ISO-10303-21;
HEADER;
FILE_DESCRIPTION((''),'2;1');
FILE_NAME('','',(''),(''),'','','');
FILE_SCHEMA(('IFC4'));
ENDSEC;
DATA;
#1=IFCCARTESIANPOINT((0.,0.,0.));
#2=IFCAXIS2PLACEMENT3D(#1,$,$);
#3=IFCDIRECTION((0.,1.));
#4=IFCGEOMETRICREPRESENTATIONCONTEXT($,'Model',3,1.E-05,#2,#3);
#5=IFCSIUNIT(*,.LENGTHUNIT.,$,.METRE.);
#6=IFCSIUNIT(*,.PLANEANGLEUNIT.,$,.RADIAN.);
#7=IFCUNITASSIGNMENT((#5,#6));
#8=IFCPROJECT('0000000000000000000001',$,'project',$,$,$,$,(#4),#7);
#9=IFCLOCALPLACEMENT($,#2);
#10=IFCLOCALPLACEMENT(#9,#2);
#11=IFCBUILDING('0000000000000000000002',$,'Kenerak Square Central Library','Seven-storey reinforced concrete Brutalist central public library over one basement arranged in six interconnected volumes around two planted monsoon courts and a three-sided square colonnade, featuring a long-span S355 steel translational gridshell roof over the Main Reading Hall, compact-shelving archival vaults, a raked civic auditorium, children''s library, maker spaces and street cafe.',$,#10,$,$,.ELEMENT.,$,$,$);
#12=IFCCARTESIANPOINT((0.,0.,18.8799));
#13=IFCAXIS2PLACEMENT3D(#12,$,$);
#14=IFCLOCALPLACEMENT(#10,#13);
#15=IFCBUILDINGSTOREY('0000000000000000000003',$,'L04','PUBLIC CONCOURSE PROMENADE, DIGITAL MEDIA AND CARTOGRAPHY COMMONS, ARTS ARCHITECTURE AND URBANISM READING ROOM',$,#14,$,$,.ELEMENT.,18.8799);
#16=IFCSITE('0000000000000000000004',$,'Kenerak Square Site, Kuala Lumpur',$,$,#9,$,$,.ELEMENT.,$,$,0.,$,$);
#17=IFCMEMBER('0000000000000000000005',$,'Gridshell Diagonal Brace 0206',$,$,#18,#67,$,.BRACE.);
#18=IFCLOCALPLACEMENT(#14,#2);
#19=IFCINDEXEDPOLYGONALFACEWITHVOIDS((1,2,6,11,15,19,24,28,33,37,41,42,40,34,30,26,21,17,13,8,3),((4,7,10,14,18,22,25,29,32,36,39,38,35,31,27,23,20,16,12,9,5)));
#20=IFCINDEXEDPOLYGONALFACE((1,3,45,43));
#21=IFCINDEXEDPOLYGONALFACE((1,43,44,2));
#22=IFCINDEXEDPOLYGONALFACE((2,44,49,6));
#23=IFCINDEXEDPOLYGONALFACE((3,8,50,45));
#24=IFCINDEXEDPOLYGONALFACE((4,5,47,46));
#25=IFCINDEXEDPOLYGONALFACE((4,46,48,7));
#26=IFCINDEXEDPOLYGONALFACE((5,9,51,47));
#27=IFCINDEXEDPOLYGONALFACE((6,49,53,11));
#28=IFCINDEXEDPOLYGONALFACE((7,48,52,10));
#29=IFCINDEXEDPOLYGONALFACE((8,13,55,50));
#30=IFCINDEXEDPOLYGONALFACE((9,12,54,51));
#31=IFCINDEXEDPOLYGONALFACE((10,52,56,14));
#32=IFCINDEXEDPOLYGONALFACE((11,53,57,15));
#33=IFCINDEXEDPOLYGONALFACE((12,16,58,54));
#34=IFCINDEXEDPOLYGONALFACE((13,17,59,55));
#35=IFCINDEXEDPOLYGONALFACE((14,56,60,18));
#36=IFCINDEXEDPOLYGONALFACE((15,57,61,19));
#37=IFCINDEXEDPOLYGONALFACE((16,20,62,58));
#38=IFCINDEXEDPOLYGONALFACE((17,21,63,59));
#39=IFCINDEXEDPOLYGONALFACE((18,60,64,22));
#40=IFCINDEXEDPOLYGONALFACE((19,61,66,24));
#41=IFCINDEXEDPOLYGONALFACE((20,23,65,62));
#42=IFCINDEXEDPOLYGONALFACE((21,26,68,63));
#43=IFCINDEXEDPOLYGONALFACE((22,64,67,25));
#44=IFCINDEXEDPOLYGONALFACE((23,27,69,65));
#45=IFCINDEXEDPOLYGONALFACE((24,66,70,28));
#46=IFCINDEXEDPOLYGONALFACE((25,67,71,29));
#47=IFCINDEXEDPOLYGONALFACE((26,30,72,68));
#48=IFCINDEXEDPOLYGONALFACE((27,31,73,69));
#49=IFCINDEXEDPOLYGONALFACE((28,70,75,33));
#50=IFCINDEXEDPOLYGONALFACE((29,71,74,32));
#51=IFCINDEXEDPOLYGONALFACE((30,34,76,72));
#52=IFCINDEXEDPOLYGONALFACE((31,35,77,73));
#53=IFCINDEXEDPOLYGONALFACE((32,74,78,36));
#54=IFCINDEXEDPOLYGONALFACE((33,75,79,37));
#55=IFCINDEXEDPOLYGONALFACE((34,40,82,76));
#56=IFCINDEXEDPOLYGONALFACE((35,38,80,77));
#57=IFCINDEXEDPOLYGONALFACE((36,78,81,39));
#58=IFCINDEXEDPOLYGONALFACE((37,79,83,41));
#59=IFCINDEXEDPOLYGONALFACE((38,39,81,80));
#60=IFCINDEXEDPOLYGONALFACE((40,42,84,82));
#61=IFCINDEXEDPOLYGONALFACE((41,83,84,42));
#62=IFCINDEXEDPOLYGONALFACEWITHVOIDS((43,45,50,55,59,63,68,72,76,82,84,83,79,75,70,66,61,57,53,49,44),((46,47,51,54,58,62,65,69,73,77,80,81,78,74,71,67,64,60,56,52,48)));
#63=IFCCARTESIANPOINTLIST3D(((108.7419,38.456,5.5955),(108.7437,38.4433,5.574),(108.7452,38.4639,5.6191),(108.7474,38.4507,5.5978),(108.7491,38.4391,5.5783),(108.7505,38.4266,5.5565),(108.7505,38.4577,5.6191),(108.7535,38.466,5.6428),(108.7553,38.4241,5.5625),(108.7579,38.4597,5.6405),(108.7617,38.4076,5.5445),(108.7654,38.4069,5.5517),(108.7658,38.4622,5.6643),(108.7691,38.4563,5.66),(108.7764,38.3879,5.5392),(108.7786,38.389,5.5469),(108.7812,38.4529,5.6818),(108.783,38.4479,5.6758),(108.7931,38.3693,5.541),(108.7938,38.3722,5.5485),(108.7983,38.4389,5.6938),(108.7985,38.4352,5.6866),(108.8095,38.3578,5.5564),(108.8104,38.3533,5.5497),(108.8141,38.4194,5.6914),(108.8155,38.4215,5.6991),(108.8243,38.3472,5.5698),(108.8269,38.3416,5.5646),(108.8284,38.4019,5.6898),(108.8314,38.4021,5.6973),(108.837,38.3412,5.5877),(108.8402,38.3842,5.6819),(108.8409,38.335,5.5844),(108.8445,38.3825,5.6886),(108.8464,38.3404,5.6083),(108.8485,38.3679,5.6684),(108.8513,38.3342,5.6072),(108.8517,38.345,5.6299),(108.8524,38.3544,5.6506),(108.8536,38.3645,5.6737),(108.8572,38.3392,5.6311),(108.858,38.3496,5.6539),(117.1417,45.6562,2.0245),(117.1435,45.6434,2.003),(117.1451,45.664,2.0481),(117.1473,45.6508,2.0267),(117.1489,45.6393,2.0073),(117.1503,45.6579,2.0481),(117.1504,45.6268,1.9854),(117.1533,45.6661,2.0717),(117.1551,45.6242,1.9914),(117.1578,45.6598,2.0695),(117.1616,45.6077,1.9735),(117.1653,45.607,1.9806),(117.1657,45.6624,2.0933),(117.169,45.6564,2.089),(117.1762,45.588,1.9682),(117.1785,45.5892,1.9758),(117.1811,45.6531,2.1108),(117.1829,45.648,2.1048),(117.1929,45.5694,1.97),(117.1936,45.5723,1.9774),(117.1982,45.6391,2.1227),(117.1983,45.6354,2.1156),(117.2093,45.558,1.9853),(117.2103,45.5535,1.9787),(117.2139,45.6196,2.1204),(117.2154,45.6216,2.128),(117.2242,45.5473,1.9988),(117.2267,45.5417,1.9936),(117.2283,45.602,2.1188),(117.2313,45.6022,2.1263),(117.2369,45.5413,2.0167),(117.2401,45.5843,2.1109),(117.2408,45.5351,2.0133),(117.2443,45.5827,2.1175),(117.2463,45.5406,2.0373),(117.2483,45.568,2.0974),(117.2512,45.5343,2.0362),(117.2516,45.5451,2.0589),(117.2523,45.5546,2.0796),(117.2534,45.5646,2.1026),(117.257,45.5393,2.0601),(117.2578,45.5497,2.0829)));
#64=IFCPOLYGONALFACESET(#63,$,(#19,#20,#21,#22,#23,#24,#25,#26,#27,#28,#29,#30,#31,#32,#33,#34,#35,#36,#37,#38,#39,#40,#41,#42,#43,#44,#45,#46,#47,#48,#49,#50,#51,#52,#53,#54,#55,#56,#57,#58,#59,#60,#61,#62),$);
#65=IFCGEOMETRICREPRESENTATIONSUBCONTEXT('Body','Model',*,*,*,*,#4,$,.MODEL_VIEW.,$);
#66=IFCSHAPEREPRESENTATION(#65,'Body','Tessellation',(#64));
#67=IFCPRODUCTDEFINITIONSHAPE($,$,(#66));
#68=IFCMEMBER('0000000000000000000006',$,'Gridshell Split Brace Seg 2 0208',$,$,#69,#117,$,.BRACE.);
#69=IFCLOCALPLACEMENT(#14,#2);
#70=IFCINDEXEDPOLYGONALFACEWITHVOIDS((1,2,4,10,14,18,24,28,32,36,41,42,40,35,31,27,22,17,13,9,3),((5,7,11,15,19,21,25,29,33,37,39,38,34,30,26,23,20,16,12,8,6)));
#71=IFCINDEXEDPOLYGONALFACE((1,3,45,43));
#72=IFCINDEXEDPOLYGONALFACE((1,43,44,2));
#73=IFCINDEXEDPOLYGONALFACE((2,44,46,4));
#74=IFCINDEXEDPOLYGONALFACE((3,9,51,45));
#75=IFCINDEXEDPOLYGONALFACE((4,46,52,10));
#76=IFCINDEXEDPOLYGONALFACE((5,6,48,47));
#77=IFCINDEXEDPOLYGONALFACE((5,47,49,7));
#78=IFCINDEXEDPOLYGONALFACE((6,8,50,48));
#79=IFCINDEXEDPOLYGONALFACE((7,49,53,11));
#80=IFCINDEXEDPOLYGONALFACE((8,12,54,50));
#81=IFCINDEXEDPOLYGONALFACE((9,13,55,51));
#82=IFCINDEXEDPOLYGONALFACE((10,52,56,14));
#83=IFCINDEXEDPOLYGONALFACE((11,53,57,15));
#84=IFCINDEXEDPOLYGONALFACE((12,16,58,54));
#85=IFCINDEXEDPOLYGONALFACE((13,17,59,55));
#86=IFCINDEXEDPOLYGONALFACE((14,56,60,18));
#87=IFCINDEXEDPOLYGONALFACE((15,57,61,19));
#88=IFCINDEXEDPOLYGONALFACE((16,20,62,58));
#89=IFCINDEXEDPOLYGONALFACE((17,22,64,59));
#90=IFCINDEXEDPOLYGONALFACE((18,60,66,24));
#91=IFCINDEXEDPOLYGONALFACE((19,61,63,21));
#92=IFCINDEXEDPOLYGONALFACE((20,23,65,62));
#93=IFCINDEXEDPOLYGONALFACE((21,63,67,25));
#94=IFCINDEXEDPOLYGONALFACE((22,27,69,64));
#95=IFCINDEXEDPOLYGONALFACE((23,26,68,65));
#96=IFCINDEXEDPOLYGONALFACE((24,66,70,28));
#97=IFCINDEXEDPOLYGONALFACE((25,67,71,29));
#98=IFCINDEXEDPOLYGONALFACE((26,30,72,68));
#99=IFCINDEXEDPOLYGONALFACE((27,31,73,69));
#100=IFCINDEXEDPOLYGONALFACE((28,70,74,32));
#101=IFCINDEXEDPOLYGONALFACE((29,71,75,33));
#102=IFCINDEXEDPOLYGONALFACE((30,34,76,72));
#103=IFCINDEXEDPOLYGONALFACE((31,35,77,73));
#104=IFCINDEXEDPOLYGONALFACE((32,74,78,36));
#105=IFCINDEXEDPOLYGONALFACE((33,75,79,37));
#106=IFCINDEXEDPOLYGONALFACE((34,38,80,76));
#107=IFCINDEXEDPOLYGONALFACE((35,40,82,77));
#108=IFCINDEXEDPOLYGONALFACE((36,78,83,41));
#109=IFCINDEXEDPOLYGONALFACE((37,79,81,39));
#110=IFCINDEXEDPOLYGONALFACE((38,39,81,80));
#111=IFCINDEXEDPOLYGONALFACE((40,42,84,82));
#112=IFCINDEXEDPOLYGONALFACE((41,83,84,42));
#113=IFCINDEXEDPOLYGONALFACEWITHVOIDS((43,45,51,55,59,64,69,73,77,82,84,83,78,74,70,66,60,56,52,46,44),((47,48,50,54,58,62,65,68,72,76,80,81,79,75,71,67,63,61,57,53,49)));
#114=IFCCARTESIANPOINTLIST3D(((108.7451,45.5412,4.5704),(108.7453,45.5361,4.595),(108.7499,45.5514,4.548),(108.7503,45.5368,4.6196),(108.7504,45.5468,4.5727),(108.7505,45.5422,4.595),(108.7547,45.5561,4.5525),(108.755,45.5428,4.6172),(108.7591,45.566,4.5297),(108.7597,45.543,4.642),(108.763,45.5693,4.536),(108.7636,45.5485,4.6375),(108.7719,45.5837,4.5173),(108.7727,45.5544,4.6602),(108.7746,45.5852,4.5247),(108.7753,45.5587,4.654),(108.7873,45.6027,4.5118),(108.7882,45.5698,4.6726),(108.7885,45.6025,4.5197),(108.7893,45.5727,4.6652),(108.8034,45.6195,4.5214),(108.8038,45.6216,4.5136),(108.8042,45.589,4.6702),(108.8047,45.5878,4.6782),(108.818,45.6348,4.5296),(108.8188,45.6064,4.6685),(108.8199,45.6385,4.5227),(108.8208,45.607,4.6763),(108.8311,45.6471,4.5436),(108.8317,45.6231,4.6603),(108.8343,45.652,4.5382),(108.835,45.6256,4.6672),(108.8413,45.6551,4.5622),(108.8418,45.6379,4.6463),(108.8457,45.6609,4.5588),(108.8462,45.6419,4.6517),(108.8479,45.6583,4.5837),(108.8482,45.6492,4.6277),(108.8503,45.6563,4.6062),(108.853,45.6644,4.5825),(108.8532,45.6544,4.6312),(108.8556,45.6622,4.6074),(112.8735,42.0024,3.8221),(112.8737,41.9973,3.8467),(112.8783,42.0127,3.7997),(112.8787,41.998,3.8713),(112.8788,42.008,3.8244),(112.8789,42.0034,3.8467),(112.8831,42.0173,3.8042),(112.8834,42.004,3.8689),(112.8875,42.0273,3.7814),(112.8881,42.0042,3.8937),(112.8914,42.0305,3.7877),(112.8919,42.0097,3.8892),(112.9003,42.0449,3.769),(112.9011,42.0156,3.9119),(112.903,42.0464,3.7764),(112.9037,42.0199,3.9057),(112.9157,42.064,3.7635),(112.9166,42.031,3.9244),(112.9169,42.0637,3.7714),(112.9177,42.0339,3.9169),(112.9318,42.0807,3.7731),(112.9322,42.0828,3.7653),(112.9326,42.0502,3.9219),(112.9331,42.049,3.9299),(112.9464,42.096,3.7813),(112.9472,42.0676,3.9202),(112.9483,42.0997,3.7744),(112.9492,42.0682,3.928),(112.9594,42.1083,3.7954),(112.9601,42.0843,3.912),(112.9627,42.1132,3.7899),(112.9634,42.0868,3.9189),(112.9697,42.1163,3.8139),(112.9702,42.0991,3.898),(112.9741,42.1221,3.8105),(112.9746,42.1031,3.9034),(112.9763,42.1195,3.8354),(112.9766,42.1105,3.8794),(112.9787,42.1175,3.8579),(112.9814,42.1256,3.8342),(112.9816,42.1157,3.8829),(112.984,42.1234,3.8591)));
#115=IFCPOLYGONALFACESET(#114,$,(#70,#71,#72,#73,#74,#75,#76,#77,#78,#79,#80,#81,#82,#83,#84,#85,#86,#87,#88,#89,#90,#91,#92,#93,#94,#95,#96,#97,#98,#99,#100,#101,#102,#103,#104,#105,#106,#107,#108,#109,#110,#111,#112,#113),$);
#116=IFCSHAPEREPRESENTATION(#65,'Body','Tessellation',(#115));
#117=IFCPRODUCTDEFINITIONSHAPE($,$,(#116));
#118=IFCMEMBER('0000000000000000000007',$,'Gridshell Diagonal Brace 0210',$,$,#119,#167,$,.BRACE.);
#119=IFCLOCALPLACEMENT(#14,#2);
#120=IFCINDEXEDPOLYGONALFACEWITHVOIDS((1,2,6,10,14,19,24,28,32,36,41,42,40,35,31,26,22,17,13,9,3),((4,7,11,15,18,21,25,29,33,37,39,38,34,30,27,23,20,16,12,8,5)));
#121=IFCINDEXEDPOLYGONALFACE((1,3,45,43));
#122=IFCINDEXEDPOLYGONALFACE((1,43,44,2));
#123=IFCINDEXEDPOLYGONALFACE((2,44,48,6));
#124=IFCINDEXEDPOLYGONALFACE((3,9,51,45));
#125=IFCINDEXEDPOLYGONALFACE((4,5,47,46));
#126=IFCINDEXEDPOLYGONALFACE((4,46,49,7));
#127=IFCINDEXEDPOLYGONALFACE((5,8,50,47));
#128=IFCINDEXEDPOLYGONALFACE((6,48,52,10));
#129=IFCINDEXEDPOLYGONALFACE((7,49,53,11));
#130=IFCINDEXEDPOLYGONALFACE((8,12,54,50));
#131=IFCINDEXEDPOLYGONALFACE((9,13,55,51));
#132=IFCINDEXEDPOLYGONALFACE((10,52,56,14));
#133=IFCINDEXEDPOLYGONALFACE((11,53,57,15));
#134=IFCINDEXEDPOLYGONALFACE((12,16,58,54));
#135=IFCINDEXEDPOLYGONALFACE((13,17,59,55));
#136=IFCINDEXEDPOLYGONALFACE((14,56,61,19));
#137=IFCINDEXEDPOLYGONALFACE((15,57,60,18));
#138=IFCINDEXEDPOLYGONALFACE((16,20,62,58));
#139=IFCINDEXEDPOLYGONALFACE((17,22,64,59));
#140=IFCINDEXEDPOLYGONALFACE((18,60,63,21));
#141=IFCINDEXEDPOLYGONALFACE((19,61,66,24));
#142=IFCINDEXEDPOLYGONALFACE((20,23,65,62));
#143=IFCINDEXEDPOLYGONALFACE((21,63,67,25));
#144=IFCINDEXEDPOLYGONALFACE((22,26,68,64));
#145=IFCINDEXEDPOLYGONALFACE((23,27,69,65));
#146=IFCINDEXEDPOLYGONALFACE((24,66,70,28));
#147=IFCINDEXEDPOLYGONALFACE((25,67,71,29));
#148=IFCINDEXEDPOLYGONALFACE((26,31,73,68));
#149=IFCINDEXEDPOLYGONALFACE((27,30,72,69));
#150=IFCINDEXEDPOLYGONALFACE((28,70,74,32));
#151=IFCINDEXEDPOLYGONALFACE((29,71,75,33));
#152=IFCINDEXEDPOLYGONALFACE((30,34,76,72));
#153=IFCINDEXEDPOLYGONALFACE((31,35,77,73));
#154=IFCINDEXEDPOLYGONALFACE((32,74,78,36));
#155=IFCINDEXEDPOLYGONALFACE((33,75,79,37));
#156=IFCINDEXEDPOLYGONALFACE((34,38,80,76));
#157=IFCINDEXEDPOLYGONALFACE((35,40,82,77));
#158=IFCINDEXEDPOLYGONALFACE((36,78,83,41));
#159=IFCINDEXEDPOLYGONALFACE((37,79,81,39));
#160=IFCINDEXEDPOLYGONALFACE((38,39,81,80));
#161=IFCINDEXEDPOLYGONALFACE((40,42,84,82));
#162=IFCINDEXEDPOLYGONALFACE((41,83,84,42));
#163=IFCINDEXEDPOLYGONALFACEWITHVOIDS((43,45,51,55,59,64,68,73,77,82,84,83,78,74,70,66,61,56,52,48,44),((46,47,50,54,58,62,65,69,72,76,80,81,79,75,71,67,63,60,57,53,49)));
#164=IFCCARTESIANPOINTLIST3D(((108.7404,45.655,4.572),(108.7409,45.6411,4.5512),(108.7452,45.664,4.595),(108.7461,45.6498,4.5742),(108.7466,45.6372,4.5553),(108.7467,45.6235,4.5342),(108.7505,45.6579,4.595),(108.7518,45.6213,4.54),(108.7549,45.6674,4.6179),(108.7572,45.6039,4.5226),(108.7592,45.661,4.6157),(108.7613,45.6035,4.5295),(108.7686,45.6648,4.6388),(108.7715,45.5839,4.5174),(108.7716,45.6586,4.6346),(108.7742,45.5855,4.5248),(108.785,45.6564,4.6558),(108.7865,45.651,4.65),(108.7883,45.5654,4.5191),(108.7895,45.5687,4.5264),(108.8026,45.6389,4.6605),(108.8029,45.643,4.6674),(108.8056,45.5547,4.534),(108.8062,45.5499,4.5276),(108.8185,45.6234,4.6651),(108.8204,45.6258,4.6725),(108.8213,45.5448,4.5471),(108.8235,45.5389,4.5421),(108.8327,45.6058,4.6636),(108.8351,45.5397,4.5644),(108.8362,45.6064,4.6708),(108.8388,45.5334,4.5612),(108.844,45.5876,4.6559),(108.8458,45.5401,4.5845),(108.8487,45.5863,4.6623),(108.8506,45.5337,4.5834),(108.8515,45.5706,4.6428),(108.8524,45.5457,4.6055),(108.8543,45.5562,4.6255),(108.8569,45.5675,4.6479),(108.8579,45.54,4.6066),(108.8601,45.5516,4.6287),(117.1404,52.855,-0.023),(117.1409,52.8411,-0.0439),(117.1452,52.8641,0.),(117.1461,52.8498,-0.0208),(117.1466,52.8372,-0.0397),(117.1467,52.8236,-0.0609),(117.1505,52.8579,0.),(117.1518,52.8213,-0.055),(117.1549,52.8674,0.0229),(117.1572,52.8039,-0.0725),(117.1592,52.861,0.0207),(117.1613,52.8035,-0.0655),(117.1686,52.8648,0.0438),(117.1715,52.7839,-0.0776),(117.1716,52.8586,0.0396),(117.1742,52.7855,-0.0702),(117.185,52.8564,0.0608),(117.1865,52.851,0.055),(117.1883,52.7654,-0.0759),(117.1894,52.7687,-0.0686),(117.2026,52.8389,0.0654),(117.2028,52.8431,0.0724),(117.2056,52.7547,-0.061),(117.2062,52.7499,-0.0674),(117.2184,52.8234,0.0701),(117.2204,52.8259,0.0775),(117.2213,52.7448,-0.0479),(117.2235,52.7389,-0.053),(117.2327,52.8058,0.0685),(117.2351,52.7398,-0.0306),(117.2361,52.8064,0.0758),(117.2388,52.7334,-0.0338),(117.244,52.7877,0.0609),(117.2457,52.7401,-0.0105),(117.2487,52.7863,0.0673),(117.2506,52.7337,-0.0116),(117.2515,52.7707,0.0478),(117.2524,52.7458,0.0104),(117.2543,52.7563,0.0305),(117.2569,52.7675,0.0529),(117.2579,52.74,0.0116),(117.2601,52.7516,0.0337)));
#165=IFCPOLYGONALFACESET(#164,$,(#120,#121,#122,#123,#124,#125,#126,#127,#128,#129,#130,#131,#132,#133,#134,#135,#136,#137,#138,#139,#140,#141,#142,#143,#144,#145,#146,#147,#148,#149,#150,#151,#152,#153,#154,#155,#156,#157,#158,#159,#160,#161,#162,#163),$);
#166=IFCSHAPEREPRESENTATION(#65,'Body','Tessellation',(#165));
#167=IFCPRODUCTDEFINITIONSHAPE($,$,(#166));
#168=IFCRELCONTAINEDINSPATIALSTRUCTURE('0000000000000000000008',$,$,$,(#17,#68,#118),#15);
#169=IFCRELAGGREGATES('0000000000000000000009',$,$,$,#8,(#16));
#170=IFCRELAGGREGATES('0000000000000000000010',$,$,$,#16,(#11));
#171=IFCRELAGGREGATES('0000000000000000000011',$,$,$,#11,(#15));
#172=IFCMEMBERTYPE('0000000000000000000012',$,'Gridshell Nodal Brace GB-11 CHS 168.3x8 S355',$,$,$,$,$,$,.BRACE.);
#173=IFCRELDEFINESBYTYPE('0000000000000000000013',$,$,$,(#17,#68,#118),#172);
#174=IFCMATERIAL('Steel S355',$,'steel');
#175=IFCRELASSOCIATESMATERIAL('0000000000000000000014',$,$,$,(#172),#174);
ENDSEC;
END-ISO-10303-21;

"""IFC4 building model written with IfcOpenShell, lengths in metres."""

from ifc_helpers import new_model, si_unit, direction, frame, origin, origin_2d, place, context, subcontext, project, spatial, hollow_circle, extrude, material, material_profile, profile_set, type_object, element, save


model = new_model("IFC4")

# Units and contexts
model_context = context("Model", 3, precision=1e-05, world=origin(), true_north=direction((0.0, 1.0)))
body_context = subcontext(model_context, "Body", "Model", "MODEL_VIEW")
ifc_project = project(units=[si_unit("LENGTHUNIT", "METRE"), si_unit("PLANEANGLEUNIT", "RADIAN")], contexts=[model_context])

# Site, building, storey
site_placement = place(None, origin())
site = spatial("IfcSite", under=ifc_project, at=site_placement, Name="Kenerak Square Site, Kuala Lumpur", CompositionType="ELEMENT", RefElevation=0.0)
building_placement = place(site_placement, origin())
building = spatial("IfcBuilding", under=site, at=building_placement, Name="Kenerak Square Central Library", Description="Seven-storey reinforced concrete Brutalist central public library over one basement arranged in six interconnected volumes around two planted monsoon courts and a three-sided square colonnade, featuring a long-span S355 steel translational gridshell roof over the Main Reading Hall, compact-shelving archival vaults, a raked civic auditorium, children's library, maker spaces and street cafe.", CompositionType="ELEMENT")
storey_placement = place(building_placement, frame((0.0, 0.0, 18.8799)))
storey = spatial("IfcBuildingStorey", under=building, at=storey_placement, Name="L04", Description="PUBLIC CONCOURSE PROMENADE, DIGITAL MEDIA AND CARTOGRAPHY COMMONS, ARTS ARCHITECTURE AND URBANISM READING ROOM", CompositionType="ELEMENT", Elevation=18.8799)

# Members
ifc_material = material(Name="Steel S355", Category="steel")
ifc_material_profile_1 = material_profile(ifc_material, hollow_circle(Radius=0.0842, WallThickness=0.0081, at=origin_2d()), Name="CHS 168.3x8.0")
ifc_profile_set_1 = profile_set([ifc_material_profile_1], Name="Steel S355")
member_type_1 = type_object("IfcMemberType", Name="Gridshell Nodal Brace GB-11 CHS 168.3x8 S355", PredefinedType="BRACE", material=ifc_profile_set_1)
member_1_placement = place(storey_placement, frame((108.8, 38.3999, 5.6191), z_axis=(0.722538, 0.619342, -0.307172), x_axis=(-0.650806, 0.759244, 0.0)))
element("IfcMember", 1, at=member_1_placement, inside=storey, type_object=member_type_1, Name="Gridshell Diagonal Brace 0206", PredefinedType="BRACE", context=body_context, shape_type="SweptSolid", body=[
    extrude(hollow_circle(Radius=0.0842, WallThickness=0.0081, at=origin_2d()), origin(), (0.0, 0.0, 1.0), 11.6255),
])
member_2_placement = place(storey_placement, frame((112.9285, 42.0613, 3.8467), z_axis=(-0.752152, 0.644734, 0.13633), x_axis=(-0.65081, -0.759241, 0.0)))
element("IfcMember", 2, at=member_2_placement, inside=storey, type_object=member_type_1, Name="Gridshell Split Brace Seg 2 0208", PredefinedType="BRACE", context=body_context, shape_type="SweptSolid", body=[
    extrude(hollow_circle(Radius=0.0842, WallThickness=0.0081, at=origin_2d()), origin(), (0.0, 0.0, 1.0), 5.4888),
])
member_3_placement = place(storey_placement, frame((108.8, 45.6001, 4.595), z_axis=(0.701182, 0.601016, -0.383565), x_axis=(-0.650793, 0.759255, 0.0)))
element("IfcMember", 3, at=member_3_placement, inside=storey, type_object=member_type_1, Name="Gridshell Diagonal Brace 0210", PredefinedType="BRACE", context=body_context, shape_type="SweptSolid", body=[
    extrude(hollow_circle(Radius=0.0842, WallThickness=0.0081, at=origin_2d()), origin(), (0.0, 0.0, 1.0), 11.9797),
])

save(model, "model.ifc")
